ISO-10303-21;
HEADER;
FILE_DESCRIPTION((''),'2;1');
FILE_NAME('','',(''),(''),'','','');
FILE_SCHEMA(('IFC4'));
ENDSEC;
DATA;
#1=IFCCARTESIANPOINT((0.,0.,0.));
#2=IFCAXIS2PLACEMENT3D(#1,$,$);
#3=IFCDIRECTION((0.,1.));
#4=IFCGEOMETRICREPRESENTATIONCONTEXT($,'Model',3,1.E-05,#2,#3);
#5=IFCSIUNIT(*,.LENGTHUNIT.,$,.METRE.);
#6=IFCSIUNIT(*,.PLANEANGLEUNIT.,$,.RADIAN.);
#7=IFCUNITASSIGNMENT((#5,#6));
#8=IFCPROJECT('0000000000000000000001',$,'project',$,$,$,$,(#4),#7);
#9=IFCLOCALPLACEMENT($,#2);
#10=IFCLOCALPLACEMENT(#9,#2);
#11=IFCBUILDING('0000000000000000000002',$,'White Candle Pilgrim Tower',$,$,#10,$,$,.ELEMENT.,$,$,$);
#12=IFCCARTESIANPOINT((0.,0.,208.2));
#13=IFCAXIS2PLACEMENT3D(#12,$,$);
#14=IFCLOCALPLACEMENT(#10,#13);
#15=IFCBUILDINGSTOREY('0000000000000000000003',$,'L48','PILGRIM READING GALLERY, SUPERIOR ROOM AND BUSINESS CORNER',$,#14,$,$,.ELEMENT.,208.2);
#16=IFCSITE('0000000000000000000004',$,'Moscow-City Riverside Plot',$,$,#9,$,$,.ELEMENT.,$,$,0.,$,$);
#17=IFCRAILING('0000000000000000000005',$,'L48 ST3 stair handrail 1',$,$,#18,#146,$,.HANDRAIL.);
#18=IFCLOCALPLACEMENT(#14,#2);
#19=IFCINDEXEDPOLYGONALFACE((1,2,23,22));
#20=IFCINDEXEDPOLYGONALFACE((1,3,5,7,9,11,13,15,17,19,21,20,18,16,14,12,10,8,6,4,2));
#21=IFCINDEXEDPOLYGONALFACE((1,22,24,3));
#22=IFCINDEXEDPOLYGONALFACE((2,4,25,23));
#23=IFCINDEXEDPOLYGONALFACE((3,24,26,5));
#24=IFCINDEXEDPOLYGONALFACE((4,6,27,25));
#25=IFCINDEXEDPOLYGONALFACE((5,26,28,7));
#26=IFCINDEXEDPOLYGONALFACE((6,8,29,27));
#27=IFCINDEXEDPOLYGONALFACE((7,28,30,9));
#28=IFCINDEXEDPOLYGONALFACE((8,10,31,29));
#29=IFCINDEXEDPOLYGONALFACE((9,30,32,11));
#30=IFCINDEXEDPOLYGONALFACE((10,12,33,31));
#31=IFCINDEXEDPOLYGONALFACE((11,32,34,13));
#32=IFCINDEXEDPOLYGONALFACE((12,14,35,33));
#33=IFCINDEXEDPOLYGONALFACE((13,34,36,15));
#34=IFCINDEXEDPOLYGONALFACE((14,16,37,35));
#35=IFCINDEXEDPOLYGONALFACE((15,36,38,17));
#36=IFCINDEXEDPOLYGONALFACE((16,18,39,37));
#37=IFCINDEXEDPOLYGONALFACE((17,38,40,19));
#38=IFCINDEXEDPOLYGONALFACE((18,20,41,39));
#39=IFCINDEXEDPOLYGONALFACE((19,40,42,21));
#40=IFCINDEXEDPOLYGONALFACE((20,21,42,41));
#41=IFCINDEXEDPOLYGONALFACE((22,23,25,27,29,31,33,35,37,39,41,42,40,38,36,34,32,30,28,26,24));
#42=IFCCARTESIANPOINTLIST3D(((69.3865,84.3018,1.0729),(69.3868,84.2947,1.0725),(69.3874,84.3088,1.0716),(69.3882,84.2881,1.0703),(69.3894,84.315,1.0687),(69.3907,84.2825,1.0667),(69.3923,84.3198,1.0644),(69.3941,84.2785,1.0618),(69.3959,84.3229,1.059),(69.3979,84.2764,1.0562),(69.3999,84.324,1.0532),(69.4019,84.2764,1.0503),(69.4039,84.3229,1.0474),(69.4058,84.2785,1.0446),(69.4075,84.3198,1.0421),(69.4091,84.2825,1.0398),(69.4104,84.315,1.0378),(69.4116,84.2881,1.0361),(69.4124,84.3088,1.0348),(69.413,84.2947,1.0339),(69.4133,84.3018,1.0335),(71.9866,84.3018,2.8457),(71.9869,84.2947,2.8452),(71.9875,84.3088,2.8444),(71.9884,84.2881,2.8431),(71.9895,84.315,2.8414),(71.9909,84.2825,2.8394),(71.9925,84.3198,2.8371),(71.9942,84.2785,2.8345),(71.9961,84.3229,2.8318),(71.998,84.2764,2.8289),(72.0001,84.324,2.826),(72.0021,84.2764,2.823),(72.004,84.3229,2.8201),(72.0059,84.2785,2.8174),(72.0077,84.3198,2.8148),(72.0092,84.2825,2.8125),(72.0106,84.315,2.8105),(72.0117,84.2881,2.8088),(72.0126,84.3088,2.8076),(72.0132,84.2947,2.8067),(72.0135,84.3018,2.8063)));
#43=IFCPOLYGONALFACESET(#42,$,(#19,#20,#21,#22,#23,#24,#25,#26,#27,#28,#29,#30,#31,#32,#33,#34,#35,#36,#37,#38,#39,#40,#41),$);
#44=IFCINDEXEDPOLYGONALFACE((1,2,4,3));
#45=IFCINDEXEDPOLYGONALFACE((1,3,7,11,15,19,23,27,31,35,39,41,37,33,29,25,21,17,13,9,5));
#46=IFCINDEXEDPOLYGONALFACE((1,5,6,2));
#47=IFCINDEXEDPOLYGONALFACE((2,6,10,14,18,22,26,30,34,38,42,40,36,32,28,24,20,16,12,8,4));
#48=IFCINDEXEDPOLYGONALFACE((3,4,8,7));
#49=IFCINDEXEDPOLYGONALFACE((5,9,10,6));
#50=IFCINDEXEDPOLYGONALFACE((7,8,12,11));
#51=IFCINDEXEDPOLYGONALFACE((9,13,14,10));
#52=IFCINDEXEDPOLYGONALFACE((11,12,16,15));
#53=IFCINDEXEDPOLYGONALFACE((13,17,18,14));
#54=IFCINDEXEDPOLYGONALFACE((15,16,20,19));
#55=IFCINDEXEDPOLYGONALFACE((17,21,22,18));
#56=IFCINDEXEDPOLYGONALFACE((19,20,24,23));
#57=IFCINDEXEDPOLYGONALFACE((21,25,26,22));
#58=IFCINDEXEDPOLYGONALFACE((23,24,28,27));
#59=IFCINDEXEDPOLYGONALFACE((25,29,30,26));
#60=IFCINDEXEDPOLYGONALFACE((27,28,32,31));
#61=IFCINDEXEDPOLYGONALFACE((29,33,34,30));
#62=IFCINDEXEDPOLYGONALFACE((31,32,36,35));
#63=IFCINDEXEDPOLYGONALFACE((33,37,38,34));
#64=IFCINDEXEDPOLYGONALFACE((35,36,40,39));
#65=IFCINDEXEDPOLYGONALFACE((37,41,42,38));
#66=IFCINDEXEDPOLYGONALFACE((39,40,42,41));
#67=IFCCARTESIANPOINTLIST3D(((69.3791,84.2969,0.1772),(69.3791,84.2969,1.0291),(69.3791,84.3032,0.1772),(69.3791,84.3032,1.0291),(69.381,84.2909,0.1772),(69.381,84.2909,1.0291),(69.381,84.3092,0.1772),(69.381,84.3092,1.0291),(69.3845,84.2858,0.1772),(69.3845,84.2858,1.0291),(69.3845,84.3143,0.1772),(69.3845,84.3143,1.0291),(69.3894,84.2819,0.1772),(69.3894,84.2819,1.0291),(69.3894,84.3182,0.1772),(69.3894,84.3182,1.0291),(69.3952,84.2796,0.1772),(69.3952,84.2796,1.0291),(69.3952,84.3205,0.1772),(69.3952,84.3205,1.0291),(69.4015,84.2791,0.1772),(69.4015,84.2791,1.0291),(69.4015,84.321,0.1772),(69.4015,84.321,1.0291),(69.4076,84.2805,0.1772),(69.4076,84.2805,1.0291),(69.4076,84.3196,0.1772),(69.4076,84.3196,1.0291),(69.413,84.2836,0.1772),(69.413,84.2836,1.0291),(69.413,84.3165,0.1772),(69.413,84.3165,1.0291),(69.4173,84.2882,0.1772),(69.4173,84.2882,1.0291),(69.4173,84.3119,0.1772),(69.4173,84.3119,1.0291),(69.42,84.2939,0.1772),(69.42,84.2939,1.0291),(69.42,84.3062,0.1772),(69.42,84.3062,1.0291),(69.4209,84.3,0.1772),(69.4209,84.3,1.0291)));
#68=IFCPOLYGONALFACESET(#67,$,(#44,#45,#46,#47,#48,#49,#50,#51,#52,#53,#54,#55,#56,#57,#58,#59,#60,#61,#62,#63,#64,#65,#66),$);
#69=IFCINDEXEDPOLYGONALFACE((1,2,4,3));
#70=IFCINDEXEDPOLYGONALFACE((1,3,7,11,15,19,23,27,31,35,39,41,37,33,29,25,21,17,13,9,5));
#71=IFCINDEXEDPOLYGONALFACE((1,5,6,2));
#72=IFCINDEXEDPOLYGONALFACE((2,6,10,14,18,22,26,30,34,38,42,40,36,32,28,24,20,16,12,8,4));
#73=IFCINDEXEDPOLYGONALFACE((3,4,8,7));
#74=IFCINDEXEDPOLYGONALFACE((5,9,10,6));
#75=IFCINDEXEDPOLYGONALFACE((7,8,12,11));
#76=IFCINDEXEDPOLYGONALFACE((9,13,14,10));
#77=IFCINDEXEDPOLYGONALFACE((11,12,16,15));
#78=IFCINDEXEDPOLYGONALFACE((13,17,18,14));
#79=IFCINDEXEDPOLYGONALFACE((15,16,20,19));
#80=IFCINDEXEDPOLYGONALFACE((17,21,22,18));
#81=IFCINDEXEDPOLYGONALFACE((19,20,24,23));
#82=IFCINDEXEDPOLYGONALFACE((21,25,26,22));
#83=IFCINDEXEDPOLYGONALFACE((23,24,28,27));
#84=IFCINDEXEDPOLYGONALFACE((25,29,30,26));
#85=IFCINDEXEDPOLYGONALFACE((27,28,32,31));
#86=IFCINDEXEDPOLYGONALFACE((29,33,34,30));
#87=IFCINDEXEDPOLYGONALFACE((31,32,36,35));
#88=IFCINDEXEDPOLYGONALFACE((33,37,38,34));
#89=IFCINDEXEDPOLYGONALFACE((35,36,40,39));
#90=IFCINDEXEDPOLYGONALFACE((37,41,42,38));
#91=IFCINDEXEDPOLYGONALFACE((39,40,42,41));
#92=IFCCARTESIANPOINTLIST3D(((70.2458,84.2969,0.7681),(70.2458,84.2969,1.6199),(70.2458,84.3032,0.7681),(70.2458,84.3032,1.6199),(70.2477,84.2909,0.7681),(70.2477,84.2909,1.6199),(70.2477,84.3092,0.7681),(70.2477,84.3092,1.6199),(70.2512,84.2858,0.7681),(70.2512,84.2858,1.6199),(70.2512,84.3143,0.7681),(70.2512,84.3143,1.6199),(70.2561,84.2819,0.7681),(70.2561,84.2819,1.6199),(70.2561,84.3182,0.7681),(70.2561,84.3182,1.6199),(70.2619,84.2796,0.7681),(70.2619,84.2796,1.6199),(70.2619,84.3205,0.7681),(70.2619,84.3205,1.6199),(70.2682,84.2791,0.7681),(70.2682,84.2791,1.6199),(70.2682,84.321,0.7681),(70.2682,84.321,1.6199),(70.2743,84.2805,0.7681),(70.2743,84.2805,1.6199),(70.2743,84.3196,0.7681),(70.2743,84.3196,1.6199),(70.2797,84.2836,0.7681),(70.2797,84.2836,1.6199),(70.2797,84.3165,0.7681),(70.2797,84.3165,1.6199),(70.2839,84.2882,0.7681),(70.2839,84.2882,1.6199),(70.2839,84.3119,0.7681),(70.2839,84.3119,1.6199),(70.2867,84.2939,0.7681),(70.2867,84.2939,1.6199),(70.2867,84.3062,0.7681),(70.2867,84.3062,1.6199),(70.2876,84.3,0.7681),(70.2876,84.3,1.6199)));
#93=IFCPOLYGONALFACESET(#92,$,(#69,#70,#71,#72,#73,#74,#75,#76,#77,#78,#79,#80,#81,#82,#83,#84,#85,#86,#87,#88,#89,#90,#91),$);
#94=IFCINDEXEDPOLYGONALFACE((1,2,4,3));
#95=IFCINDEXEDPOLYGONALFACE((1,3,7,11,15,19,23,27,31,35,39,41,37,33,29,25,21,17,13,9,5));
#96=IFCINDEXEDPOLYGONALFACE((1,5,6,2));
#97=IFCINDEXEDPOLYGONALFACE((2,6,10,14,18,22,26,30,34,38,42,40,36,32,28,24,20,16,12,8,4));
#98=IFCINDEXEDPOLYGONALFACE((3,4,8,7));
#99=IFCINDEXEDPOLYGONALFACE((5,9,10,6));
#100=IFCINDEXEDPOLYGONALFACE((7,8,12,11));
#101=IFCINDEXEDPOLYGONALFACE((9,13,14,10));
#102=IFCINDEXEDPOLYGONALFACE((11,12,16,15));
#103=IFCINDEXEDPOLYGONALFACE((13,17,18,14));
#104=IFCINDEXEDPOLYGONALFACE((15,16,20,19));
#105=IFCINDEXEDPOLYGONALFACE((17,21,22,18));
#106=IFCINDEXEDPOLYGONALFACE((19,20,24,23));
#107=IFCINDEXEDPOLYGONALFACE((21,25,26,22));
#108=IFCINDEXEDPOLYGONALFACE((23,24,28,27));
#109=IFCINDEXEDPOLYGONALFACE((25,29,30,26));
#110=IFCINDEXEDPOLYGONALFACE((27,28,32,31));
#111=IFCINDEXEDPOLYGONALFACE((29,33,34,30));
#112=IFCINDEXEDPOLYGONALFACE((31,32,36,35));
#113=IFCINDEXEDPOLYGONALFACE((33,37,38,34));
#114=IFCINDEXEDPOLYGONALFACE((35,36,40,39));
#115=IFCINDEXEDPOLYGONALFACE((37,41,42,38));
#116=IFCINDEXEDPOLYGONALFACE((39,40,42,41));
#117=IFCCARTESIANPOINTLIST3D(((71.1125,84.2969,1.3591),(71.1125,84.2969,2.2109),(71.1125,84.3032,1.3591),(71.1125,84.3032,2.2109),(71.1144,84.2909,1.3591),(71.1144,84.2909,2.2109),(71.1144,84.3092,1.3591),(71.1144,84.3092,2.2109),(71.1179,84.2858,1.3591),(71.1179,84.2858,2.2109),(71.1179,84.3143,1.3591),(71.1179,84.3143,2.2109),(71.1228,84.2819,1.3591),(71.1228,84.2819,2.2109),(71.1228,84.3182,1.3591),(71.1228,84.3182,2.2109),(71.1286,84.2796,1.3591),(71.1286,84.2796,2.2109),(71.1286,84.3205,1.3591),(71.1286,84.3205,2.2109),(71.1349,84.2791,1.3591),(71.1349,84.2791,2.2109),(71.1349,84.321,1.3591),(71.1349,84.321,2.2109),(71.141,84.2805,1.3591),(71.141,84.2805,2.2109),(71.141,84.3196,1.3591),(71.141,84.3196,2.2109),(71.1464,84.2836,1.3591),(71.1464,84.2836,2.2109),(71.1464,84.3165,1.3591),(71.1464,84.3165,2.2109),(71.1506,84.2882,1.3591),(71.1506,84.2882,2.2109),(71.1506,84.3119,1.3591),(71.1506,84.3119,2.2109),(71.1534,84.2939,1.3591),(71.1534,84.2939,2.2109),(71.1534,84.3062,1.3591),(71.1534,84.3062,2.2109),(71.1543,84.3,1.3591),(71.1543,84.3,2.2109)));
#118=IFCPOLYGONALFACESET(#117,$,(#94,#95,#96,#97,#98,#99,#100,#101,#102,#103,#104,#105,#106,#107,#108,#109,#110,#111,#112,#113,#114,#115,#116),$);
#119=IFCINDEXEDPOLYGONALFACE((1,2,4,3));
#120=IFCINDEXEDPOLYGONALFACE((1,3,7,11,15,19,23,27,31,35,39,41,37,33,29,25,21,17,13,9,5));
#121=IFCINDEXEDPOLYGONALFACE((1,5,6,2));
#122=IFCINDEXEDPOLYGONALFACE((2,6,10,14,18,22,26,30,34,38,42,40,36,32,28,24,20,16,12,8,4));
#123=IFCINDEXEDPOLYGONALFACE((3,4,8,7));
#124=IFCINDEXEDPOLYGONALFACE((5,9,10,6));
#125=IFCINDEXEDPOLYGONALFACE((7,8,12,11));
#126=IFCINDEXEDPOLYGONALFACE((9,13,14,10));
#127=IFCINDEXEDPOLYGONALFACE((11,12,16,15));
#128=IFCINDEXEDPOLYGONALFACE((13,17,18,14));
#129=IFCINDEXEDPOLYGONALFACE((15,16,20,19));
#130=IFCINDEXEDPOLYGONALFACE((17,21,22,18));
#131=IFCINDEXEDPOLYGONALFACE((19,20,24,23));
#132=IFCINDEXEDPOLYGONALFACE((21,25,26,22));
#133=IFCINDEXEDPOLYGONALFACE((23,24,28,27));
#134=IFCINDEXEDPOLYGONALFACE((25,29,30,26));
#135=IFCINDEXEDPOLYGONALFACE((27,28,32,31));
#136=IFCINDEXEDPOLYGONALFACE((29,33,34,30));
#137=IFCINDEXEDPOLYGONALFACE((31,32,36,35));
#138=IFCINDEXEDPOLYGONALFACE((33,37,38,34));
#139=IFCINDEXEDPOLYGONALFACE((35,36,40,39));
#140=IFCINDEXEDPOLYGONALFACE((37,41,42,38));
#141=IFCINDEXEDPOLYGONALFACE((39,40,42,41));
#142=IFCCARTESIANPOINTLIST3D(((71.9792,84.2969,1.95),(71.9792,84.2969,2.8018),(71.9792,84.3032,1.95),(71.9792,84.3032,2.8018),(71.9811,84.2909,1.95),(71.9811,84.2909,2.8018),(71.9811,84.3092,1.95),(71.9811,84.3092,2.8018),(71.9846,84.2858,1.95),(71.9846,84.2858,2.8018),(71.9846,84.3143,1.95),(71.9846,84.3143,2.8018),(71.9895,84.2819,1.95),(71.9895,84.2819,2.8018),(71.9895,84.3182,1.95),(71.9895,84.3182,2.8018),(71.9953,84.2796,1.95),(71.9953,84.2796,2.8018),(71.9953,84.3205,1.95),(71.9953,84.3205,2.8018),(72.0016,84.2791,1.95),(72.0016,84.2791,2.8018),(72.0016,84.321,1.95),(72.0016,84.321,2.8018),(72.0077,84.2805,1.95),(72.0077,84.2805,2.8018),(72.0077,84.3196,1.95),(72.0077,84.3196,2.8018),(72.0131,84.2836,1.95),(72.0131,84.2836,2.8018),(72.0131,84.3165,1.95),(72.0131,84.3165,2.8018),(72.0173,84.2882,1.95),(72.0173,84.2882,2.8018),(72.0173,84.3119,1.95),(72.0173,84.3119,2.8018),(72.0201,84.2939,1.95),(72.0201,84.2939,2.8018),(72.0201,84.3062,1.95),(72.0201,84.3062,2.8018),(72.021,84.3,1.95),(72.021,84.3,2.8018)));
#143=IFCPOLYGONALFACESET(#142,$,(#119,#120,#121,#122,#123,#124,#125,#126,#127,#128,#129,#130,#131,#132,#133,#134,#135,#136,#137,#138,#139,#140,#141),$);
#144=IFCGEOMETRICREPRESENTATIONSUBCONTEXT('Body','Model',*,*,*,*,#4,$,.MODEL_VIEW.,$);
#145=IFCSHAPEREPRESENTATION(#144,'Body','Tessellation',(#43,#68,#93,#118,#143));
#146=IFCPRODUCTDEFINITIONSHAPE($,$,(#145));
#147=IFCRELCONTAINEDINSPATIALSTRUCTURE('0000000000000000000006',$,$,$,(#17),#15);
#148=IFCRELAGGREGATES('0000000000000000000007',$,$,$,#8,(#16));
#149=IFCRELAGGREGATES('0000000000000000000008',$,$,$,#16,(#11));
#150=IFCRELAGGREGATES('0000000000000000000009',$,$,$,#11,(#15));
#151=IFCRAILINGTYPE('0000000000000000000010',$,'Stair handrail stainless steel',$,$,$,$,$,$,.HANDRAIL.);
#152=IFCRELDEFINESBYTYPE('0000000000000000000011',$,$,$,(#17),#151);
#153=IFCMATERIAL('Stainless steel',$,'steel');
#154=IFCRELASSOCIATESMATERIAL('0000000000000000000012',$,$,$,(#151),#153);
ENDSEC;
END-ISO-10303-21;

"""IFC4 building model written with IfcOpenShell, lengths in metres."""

from ifc_helpers import new_model, si_unit, direction, frame, origin, origin_2d, place, context, subcontext, project, spatial, circle, extrude, material, type_object, element, save


model = new_model("IFC4")

# Units and contexts
model_context = context("Model", 3, precision=1e-05, world=origin(), true_north=direction((0.0, 1.0)))
body_context = subcontext(model_context, "Body", "Model", "MODEL_VIEW")
ifc_project = project(units=[si_unit("LENGTHUNIT", "METRE"), si_unit("PLANEANGLEUNIT", "RADIAN")], contexts=[model_context])

# Site, building, storey
site_placement = place(None, origin())
site = spatial("IfcSite", under=ifc_project, at=site_placement, Name="Moscow-City Riverside Plot", CompositionType="ELEMENT", RefElevation=0.0)
building_placement = place(site_placement, origin())
building = spatial("IfcBuilding", under=site, at=building_placement, Name="White Candle Pilgrim Tower", CompositionType="ELEMENT")
storey_placement = place(building_placement, frame((0.0, 0.0, 208.2)))
storey = spatial("IfcBuildingStorey", under=building, at=storey_placement, Name="L48", Description="PILGRIM READING GALLERY, SUPERIOR ROOM AND BUSINESS CORNER", CompositionType="ELEMENT", Elevation=208.2)

# Railing
ifc_material_1 = material(Name="Stainless steel", Category="steel")
railing_type_1 = type_object("IfcRailingType", Name="Stair handrail stainless steel", PredefinedType="HANDRAIL", material=ifc_material_1)
railing_1_placement = place(storey_placement, frame((69.3999, 84.3, 0.1772)))
element("IfcRailing", 1, at=railing_1_placement, inside=storey, type_object=railing_type_1, Name="L48 ST3 stair handrail 1", PredefinedType="HANDRAIL", context=body_context, shape_type="SweptSolid", body=[
    extrude(circle(Radius=0.0239, at=origin_2d()), frame((0.0, 0.0, 0.876), z_axis=(0.82624, 0.0, 0.563318), x_axis=(0.0, 1.0, 0.0)), (0.0, 0.0, 1.0), 3.147),
    extrude(circle(Radius=0.021, at=origin_2d()), origin(), (0.0, 0.0, 1.0), 0.8518),
    extrude(circle(Radius=0.021, at=origin_2d()), frame((0.8667, 0.0, 0.5908)), (0.0, 0.0, 1.0), 0.8518),
    extrude(circle(Radius=0.021, at=origin_2d()), frame((1.7334, 0.0, 1.1819)), (0.0, 0.0, 1.0), 0.8518),
    extrude(circle(Radius=0.021, at=origin_2d()), frame((2.6001, 0.0, 1.7727)), (0.0, 0.0, 1.0), 0.8518),
])

save(model, "model.ifc")
